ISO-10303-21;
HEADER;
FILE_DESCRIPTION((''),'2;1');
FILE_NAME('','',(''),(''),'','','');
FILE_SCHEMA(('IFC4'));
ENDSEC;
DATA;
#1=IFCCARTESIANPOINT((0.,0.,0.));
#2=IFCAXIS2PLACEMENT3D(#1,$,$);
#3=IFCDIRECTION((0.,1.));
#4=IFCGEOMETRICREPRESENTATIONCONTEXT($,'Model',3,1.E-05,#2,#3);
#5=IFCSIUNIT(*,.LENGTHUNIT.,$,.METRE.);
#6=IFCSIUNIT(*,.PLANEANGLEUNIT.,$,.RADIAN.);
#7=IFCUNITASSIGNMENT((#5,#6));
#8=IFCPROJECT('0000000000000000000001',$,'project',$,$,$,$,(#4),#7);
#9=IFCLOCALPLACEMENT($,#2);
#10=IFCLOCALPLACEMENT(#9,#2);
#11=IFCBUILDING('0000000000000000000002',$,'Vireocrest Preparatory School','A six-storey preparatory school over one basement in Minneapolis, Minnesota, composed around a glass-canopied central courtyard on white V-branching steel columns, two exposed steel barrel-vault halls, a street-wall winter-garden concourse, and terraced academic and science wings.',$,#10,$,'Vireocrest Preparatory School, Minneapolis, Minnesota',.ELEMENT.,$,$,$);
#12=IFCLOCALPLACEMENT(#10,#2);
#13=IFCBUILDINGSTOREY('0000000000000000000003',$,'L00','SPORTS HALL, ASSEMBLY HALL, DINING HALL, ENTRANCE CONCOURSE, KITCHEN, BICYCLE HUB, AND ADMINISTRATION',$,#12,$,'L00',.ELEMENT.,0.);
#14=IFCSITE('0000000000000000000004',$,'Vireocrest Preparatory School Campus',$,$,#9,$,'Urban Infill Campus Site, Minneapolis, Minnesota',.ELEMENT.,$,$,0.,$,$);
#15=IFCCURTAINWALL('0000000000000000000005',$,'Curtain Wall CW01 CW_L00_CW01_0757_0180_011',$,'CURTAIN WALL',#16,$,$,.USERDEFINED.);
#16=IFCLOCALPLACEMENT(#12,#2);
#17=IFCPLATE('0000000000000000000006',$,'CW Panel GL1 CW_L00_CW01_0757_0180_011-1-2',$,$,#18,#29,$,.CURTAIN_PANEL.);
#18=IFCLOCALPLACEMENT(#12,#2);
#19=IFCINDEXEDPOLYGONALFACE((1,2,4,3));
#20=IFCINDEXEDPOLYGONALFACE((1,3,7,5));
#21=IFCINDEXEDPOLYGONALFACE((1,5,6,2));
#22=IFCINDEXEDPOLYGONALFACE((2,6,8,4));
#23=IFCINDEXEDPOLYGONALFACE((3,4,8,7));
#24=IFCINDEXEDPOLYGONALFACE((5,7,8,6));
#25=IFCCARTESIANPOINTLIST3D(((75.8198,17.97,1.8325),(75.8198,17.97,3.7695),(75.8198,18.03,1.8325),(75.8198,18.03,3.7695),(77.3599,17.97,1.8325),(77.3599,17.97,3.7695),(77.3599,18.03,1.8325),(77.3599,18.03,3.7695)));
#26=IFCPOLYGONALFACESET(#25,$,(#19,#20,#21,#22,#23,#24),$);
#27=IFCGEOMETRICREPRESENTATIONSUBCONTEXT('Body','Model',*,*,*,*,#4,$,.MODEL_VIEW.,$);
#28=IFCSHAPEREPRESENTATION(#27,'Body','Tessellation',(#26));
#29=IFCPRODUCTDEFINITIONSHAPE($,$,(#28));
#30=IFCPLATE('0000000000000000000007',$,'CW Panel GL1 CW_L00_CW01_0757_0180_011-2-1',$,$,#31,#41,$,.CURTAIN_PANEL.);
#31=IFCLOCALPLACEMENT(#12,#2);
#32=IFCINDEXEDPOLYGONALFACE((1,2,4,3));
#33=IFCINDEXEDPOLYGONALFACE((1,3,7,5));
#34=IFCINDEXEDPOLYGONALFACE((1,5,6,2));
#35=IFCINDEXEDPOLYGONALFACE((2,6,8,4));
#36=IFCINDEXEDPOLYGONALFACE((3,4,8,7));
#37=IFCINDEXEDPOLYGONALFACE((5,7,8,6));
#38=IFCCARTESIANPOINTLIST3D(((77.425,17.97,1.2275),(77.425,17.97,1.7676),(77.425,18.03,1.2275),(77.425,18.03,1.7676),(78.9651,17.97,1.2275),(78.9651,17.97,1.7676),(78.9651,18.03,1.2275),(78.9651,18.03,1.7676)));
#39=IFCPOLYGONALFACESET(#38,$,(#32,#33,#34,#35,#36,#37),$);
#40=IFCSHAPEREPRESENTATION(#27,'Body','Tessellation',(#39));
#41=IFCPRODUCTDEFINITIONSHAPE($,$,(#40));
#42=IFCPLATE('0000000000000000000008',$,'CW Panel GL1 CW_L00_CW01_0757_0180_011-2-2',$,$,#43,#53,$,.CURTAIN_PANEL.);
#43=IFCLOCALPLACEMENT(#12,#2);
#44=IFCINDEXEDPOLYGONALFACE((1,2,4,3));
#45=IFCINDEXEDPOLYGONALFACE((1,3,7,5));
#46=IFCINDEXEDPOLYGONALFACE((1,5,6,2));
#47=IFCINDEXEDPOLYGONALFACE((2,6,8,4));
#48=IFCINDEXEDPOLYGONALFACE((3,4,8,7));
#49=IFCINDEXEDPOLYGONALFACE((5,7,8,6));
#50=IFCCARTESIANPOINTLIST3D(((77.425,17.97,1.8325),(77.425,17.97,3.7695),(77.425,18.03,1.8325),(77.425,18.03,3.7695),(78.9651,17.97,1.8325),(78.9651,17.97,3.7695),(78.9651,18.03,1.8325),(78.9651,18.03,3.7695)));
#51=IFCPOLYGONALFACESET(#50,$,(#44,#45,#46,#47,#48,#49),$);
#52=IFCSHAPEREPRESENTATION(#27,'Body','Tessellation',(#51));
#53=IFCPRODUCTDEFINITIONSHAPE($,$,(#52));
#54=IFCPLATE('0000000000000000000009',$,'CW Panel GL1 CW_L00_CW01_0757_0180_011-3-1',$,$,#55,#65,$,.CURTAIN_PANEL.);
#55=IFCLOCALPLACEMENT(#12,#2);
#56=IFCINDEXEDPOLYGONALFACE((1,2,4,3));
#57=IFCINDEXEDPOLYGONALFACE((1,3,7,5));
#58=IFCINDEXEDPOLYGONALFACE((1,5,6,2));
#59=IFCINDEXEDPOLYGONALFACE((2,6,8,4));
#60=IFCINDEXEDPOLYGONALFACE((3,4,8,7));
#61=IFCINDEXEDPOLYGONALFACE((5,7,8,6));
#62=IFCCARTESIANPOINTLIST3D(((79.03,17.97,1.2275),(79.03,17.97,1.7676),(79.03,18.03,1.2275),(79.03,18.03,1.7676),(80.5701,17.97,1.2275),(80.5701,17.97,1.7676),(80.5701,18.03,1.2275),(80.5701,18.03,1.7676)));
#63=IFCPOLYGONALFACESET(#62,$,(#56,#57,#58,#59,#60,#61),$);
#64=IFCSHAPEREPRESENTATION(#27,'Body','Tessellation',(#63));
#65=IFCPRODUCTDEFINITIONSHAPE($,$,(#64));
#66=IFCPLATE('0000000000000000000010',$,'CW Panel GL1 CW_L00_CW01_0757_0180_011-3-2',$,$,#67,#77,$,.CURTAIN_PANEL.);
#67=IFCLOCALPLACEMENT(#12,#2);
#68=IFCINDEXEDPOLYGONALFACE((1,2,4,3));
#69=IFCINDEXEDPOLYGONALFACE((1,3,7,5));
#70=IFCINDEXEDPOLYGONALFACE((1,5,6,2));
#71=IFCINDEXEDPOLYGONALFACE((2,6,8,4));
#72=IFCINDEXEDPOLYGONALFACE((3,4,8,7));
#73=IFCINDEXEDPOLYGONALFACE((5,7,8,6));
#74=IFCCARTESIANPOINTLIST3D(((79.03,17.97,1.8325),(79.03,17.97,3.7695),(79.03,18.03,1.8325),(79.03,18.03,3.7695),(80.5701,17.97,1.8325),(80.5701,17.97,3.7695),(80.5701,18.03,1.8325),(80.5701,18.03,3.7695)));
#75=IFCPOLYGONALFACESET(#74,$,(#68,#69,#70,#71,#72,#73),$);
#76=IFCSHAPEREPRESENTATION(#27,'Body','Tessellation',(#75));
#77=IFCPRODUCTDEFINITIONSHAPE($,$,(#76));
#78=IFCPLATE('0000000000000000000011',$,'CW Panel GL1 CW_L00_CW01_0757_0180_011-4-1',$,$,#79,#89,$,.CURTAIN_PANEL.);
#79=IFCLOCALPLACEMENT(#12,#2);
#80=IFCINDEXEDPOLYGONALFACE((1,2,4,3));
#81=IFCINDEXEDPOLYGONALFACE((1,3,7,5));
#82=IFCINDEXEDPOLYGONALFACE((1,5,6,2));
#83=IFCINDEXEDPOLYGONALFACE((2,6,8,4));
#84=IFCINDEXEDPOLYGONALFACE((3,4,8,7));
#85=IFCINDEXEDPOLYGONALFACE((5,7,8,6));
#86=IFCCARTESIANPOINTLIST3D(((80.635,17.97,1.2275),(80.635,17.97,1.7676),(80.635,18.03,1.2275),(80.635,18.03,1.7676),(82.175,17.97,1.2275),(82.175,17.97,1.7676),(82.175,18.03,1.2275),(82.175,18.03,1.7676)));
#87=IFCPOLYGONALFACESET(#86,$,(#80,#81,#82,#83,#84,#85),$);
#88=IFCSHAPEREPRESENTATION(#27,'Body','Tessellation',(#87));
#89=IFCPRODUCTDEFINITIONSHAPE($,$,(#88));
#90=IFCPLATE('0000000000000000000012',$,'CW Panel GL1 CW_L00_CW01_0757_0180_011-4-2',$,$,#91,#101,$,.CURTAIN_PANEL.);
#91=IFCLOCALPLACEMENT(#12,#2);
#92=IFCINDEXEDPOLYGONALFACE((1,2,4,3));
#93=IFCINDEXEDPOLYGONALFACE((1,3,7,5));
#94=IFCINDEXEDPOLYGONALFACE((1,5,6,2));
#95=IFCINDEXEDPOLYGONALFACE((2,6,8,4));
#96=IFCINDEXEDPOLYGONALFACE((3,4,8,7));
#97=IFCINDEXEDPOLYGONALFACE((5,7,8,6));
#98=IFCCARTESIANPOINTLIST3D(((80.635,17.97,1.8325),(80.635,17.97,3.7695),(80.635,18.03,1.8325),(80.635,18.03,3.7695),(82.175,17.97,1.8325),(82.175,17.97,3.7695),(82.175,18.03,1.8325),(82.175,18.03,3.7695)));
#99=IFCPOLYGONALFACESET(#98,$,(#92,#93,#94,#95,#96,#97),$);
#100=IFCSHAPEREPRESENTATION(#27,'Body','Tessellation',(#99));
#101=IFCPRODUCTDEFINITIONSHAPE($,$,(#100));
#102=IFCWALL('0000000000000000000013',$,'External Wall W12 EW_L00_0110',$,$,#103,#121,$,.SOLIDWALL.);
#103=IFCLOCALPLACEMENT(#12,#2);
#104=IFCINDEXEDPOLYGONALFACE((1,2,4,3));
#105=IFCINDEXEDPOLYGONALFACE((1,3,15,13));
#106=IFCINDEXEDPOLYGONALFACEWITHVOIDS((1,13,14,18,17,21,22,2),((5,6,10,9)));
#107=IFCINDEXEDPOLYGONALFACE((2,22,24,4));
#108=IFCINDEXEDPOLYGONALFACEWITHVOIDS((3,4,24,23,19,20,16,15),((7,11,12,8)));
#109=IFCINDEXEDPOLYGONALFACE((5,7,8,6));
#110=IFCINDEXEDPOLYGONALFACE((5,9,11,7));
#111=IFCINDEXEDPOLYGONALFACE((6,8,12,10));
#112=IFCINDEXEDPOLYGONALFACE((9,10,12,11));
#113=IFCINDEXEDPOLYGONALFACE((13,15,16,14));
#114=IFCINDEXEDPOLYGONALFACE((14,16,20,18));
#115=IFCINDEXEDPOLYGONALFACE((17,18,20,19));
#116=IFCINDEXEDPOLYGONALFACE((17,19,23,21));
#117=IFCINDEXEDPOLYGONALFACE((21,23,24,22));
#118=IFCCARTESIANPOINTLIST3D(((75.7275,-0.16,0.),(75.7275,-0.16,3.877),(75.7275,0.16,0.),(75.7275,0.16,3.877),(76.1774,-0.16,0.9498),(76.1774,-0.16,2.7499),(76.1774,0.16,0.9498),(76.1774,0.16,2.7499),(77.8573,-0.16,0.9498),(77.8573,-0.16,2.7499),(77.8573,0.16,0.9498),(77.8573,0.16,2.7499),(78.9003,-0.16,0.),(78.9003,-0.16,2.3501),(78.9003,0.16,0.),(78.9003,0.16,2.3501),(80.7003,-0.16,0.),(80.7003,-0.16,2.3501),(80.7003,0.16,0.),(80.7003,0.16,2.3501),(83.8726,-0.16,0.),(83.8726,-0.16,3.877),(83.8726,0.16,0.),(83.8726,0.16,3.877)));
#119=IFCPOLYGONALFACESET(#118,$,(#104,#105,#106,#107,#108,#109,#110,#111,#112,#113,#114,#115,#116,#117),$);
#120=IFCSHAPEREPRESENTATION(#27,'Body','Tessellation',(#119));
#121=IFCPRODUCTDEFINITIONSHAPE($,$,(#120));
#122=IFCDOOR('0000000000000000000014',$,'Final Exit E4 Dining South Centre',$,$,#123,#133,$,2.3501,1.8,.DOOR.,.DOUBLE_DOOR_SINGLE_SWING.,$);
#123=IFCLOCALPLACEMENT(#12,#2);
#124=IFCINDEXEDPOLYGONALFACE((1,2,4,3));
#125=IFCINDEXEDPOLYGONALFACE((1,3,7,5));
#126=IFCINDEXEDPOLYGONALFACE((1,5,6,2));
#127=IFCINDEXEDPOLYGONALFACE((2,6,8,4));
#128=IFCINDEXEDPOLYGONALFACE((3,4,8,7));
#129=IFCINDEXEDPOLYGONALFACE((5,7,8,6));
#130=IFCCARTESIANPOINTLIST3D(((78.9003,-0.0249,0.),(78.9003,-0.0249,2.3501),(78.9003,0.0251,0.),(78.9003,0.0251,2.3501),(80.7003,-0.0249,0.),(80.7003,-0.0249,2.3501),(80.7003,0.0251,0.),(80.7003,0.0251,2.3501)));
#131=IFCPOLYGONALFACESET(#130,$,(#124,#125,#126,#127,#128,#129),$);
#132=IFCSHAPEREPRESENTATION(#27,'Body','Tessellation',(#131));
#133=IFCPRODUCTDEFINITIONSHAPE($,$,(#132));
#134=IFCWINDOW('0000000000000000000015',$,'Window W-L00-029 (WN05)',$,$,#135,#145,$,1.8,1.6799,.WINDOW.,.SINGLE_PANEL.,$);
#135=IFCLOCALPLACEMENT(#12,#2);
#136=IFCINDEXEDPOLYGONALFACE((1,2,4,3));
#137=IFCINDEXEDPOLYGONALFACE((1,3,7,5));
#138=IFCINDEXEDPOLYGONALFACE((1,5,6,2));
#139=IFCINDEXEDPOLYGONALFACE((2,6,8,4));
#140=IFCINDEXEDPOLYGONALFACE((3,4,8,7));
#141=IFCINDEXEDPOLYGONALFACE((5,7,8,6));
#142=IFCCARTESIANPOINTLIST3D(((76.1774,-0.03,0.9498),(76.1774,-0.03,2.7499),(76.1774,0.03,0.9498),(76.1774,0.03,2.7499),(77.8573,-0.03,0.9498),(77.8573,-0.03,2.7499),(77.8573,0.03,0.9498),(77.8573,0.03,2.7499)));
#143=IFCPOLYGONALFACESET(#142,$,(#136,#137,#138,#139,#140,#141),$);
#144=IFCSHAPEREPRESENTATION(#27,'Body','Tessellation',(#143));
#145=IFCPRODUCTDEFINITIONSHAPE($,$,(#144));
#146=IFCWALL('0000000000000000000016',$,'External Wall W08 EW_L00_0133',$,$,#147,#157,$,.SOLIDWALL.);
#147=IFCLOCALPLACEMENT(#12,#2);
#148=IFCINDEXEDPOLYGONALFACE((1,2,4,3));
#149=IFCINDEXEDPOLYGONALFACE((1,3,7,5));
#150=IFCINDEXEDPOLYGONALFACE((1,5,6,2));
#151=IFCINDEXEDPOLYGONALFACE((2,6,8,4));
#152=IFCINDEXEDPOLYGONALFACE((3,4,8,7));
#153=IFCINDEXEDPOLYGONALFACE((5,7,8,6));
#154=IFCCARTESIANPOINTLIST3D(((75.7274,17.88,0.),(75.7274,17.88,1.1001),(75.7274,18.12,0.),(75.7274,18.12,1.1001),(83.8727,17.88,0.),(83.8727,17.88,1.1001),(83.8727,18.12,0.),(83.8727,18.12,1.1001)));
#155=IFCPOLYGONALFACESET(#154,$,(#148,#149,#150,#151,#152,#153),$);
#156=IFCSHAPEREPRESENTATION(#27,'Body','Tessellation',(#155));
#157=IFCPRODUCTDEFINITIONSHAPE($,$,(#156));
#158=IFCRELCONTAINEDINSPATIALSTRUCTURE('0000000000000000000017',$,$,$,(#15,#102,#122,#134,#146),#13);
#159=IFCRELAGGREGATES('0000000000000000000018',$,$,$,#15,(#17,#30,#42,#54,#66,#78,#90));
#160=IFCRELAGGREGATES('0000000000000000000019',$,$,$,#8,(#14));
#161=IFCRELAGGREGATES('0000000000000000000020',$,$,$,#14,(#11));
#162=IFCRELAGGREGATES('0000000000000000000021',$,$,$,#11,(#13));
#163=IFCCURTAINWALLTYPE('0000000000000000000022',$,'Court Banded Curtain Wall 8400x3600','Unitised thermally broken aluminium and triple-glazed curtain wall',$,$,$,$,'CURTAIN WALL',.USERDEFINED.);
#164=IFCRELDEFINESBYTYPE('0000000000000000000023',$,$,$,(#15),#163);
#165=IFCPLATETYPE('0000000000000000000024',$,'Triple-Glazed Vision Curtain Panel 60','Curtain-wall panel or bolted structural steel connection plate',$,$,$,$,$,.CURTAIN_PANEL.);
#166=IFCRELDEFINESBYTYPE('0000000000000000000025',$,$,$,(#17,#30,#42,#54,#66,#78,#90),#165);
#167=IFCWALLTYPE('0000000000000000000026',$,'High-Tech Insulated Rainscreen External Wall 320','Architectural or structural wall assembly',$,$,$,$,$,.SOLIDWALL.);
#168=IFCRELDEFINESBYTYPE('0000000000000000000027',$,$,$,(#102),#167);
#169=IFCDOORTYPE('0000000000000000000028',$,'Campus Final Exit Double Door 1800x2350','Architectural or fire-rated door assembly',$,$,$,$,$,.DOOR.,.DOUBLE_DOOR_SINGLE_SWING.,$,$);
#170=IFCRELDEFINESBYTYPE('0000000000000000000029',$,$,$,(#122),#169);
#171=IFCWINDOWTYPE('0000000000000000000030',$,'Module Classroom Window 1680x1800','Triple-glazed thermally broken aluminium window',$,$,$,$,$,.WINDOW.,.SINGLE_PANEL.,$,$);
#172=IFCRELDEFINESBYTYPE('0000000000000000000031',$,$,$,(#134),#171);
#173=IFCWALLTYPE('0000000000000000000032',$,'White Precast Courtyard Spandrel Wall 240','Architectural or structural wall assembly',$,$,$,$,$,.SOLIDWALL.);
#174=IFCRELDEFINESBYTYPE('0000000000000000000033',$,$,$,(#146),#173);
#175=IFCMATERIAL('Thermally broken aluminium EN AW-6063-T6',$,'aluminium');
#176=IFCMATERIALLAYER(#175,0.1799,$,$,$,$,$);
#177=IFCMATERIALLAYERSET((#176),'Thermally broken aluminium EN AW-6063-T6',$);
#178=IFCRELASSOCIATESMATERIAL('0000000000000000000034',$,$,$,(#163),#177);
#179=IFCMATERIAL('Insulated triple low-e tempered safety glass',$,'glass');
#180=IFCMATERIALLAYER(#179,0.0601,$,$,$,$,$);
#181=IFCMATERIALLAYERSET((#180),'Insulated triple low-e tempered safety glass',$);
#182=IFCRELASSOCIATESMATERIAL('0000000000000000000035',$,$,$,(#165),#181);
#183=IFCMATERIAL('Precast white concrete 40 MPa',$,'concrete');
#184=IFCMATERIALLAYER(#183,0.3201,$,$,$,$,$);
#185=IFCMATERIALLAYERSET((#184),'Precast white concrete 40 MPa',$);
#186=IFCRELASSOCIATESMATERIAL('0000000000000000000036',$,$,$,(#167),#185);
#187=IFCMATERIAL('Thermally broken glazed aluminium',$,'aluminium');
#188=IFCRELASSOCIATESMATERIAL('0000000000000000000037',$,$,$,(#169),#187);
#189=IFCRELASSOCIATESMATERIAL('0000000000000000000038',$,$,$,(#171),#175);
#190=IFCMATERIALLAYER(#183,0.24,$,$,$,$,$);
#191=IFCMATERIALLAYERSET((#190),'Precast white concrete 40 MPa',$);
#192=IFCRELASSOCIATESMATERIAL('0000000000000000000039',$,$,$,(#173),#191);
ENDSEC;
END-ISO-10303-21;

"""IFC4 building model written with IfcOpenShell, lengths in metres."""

from ifc_helpers import new_model, si_unit, direction, frame, frame_2d, origin, origin_2d, place, context, subcontext, project, spatial, rectangle, extrude, material, layer, layer_set, type_object, element, fill, aggregate, save


model = new_model("IFC4")

# Units and contexts
model_context = context("Model", 3, precision=1e-05, world=origin(), true_north=direction((0.0, 1.0)))
body_context = subcontext(model_context, "Body", "Model", "MODEL_VIEW")
ifc_project = project(units=[si_unit("LENGTHUNIT", "METRE"), si_unit("PLANEANGLEUNIT", "RADIAN")], contexts=[model_context])

# Site, building, storey
site_placement = place(None, origin())
site = spatial("IfcSite", under=ifc_project, at=site_placement, Name="Vireocrest Preparatory School Campus", LongName="Urban Infill Campus Site, Minneapolis, Minnesota", CompositionType="ELEMENT", RefElevation=0.0)
building_placement = place(site_placement, origin())
building = spatial("IfcBuilding", under=site, at=building_placement, Name="Vireocrest Preparatory School", Description="A six-storey preparatory school over one basement in Minneapolis, Minnesota, composed around a glass-canopied central courtyard on white V-branching steel columns, two exposed steel barrel-vault halls, a street-wall winter-garden concourse, and terraced academic and science wings.", LongName="Vireocrest Preparatory School, Minneapolis, Minnesota", CompositionType="ELEMENT")
storey_placement = place(building_placement, origin())
storey = spatial("IfcBuildingStorey", under=building, at=storey_placement, Name="L00", Description="SPORTS HALL, ASSEMBLY HALL, DINING HALL, ENTRANCE CONCOURSE, KITCHEN, BICYCLE HUB, AND ADMINISTRATION", LongName="L00", CompositionType="ELEMENT", Elevation=0.0)

# Curtain wall
ifc_material_1 = material(Name="Thermally broken aluminium EN AW-6063-T6", Category="aluminium")
ifc_layer_1 = layer(ifc_material_1, 0.1799)
ifc_layer_set_1 = layer_set([ifc_layer_1], Name="Thermally broken aluminium EN AW-6063-T6")
curtain_wall_type_1 = type_object("IfcCurtainWallType", Name="Court Banded Curtain Wall 8400x3600", Description="Unitised thermally broken aluminium and triple-glazed curtain wall", ElementType="CURTAIN WALL", PredefinedType="USERDEFINED", material=ifc_layer_set_1)
curtain_wall_1_placement = place(storey_placement, origin())
curtain_wall_1 = element("IfcCurtainWall", 1, at=curtain_wall_1_placement, inside=storey, type_object=curtain_wall_type_1, Name="Curtain Wall CW01 CW_L00_CW01_0757_0180_011", ObjectType="CURTAIN WALL", PredefinedType="USERDEFINED")

# Plates
ifc_material_2 = material(Name="Insulated triple low-e tempered safety glass", Category="glass")
ifc_layer_2 = layer(ifc_material_2, 0.0601)
ifc_layer_set_2 = layer_set([ifc_layer_2], Name="Insulated triple low-e tempered safety glass")
plate_type = type_object("IfcPlateType", Name="Triple-Glazed Vision Curtain Panel 60", Description="Curtain-wall panel or bolted structural steel connection plate", PredefinedType="CURTAIN_PANEL", material=ifc_layer_set_2)
plate_1_placement = place(storey_placement, frame((76.5898, 18.0, 1.8325), z_axis=(0.0, 0.0, 1.0), x_axis=(1.0, 0.0, 0.0)))
plate_1 = element("IfcPlate", 2, at=plate_1_placement, type_object=plate_type, Name="CW Panel GL1 CW_L00_CW01_0757_0180_011-1-2", PredefinedType="CURTAIN_PANEL", context=body_context, shape_type="SweptSolid", body=[
    extrude(rectangle(XDim=1.54, YDim=0.0601, at=origin_2d()), origin(), (0.0, 0.0, 1.0), 1.937),
])
plate_2_placement = place(storey_placement, frame((78.1951, 18.0, 1.2275), z_axis=(0.0, 0.0, 1.0), x_axis=(1.0, 0.0, 0.0)))
plate_2 = element("IfcPlate", 3, at=plate_2_placement, type_object=plate_type, Name="CW Panel GL1 CW_L00_CW01_0757_0180_011-2-1", PredefinedType="CURTAIN_PANEL", context=body_context, shape_type="SweptSolid", body=[
    extrude(rectangle(XDim=1.54, YDim=0.0601, at=origin_2d()), origin(), (0.0, 0.0, 1.0), 0.54),
])
plate_3_placement = place(storey_placement, frame((78.1951, 18.0, 1.8325), z_axis=(0.0, 0.0, 1.0), x_axis=(1.0, 0.0, 0.0)))
plate_3 = element("IfcPlate", 4, at=plate_3_placement, type_object=plate_type, Name="CW Panel GL1 CW_L00_CW01_0757_0180_011-2-2", PredefinedType="CURTAIN_PANEL", context=body_context, shape_type="SweptSolid", body=[
    extrude(rectangle(XDim=1.54, YDim=0.0601, at=origin_2d()), origin(), (0.0, 0.0, 1.0), 1.937),
])
plate_4_placement = place(storey_placement, frame((79.8, 18.0, 1.2275), z_axis=(0.0, 0.0, 1.0), x_axis=(1.0, 0.0, 0.0)))
plate_4 = element("IfcPlate", 5, at=plate_4_placement, type_object=plate_type, Name="CW Panel GL1 CW_L00_CW01_0757_0180_011-3-1", PredefinedType="CURTAIN_PANEL", context=body_context, shape_type="SweptSolid", body=[
    extrude(rectangle(XDim=1.54, YDim=0.0601, at=origin_2d()), origin(), (0.0, 0.0, 1.0), 0.54),
])
plate_5_placement = place(storey_placement, frame((79.8, 18.0, 1.8325), z_axis=(0.0, 0.0, 1.0), x_axis=(1.0, 0.0, 0.0)))
plate_5 = element("IfcPlate", 6, at=plate_5_placement, type_object=plate_type, Name="CW Panel GL1 CW_L00_CW01_0757_0180_011-3-2", PredefinedType="CURTAIN_PANEL", context=body_context, shape_type="SweptSolid", body=[
    extrude(rectangle(XDim=1.54, YDim=0.0601, at=origin_2d()), origin(), (0.0, 0.0, 1.0), 1.937),
])
plate_6_placement = place(storey_placement, frame((81.405, 18.0, 1.2275), z_axis=(0.0, 0.0, 1.0), x_axis=(1.0, 0.0, 0.0)))
plate_6 = element("IfcPlate", 7, at=plate_6_placement, type_object=plate_type, Name="CW Panel GL1 CW_L00_CW01_0757_0180_011-4-1", PredefinedType="CURTAIN_PANEL", context=body_context, shape_type="SweptSolid", body=[
    extrude(rectangle(XDim=1.54, YDim=0.0601, at=origin_2d()), origin(), (0.0, 0.0, 1.0), 0.54),
])
plate_7_placement = place(storey_placement, frame((81.405, 18.0, 1.8325), z_axis=(0.0, 0.0, 1.0), x_axis=(1.0, 0.0, 0.0)))
plate_7 = element("IfcPlate", 8, at=plate_7_placement, type_object=plate_type, Name="CW Panel GL1 CW_L00_CW01_0757_0180_011-4-2", PredefinedType="CURTAIN_PANEL", context=body_context, shape_type="SweptSolid", body=[
    extrude(rectangle(XDim=1.54, YDim=0.0601, at=origin_2d()), origin(), (0.0, 0.0, 1.0), 1.937),
])
aggregate(curtain_wall_1, [plate_1, plate_2, plate_3, plate_4, plate_5, plate_6, plate_7])

# Wall, openings, door, window
ifc_material_3 = material(Name="Precast white concrete 40 MPa", Category="concrete")
ifc_layer_3 = layer(ifc_material_3, 0.3201)
ifc_layer_set_3 = layer_set([ifc_layer_3], Name="Precast white concrete 40 MPa")
wall_type_1 = type_object("IfcWallType", Name="High-Tech Insulated Rainscreen External Wall 320", Description="Architectural or structural wall assembly", PredefinedType="SOLIDWALL", material=ifc_layer_set_3)
wall_1_placement = place(storey_placement, frame((75.7275, 0.0, 0.0), z_axis=(0.0, 0.0, 1.0), x_axis=(1.0, 0.0, 0.0)))
wall_1 = element("IfcWall", 9, at=wall_1_placement, inside=storey, type_object=wall_type_1, Name="External Wall W12 EW_L00_0110", PredefinedType="SOLIDWALL", context=body_context, shape_type="SweptSolid", body=[
    extrude(rectangle(XDim=8.145, YDim=0.3201, at=frame_2d((4.0725, 0.0))), origin(), (0.0, 0.0, 1.0), 3.877),
])
opening_1_placement = place(wall_1_placement, frame((4.9727, 0.0, 0.0), z_axis=(0.0, 0.0, 1.0), x_axis=(-1.0, 0.0, 0.0)))
opening_1 = element("IfcOpeningElement", 10, at=opening_1_placement, cuts=wall_1, PredefinedType="OPENING", context=body_context, shape_type="SweptSolid", body=[
    extrude(rectangle(XDim=1.8, YDim=2.3501, at=frame_2d((0.8999, 1.175))), frame((0.0, 0.1699, 0.0), z_axis=(0.0, -1.0, 0.0), x_axis=(1.0, 0.0, 0.0)), (0.0, 0.0, 1.0), 0.3401),
])
opening_2_placement = place(wall_1_placement, frame((0.45, 0.0, 0.95)))
opening_2 = element("IfcOpeningElement", 11, at=opening_2_placement, cuts=wall_1, PredefinedType="OPENING", context=body_context, shape_type="SweptSolid", body=[
    extrude(rectangle(XDim=1.6799, YDim=1.8, at=frame_2d((0.8398, 0.8999))), frame((0.0, 0.1699, 0.0), z_axis=(0.0, -1.0, 0.0), x_axis=(1.0, 0.0, 0.0)), (0.0, 0.0, 1.0), 0.3401),
])
ifc_material_4 = material(Name="Thermally broken glazed aluminium", Category="aluminium")
door_type = type_object("IfcDoorType", Name="Campus Final Exit Double Door 1800x2350", Description="Architectural or fire-rated door assembly", OperationType="DOUBLE_DOOR_SINGLE_SWING", PredefinedType="DOOR", material=ifc_material_4)
door_placement = place(opening_1_placement, origin())
door = element("IfcDoor", 12, at=door_placement, inside=storey, type_object=door_type, Name="Final Exit E4 Dining South Centre", OperationType="DOUBLE_DOOR_SINGLE_SWING", OverallHeight=2.3501, OverallWidth=1.8, PredefinedType="DOOR", context=body_context, shape_type="SweptSolid", body=[
    extrude(rectangle(XDim=1.8, YDim=2.3501, at=frame_2d((0.8999, 1.175))), frame((0.0, 0.0249, 0.0), z_axis=(0.0, -1.0, 0.0), x_axis=(1.0, 0.0, 0.0)), (0.0, 0.0, 1.0), 0.05),
])
fill(opening_1, door)
window_type = type_object("IfcWindowType", Name="Module Classroom Window 1680x1800", Description="Triple-glazed thermally broken aluminium window", PartitioningType="SINGLE_PANEL", PredefinedType="WINDOW", material=ifc_material_1)
window_placement = place(opening_2_placement, origin())
window = element("IfcWindow", 13, at=window_placement, inside=storey, type_object=window_type, Name="Window W-L00-029 (WN05)", OverallHeight=1.8, OverallWidth=1.6799, PartitioningType="SINGLE_PANEL", PredefinedType="WINDOW", context=body_context, shape_type="SweptSolid", body=[
    extrude(rectangle(XDim=1.6799, YDim=1.8, at=frame_2d((0.8398, 0.8999))), frame((0.0, 0.03, 0.0), z_axis=(0.0, -1.0, 0.0), x_axis=(1.0, 0.0, 0.0)), (0.0, 0.0, 1.0), 0.0601),
])
fill(opening_2, window)

# Wall
ifc_layer_4 = layer(ifc_material_3, 0.24)
ifc_layer_set_4 = layer_set([ifc_layer_4], Name="Precast white concrete 40 MPa")
wall_type_2 = type_object("IfcWallType", Name="White Precast Courtyard Spandrel Wall 240", Description="Architectural or structural wall assembly", PredefinedType="SOLIDWALL", material=ifc_layer_set_4)
wall_2_placement = place(storey_placement, frame((75.7273, 18.0, 0.0), z_axis=(0.0, 0.0, 1.0), x_axis=(1.0, 0.0, 0.0)))
element("IfcWall", 14, at=wall_2_placement, inside=storey, type_object=wall_type_2, Name="External Wall W08 EW_L00_0133", PredefinedType="SOLIDWALL", context=body_context, shape_type="SweptSolid", body=[
    extrude(rectangle(XDim=8.1453, YDim=0.24, at=frame_2d((4.0728, 0.0))), origin(), (0.0, 0.0, 1.0), 1.1001),
])

save(model, "model.ifc")
